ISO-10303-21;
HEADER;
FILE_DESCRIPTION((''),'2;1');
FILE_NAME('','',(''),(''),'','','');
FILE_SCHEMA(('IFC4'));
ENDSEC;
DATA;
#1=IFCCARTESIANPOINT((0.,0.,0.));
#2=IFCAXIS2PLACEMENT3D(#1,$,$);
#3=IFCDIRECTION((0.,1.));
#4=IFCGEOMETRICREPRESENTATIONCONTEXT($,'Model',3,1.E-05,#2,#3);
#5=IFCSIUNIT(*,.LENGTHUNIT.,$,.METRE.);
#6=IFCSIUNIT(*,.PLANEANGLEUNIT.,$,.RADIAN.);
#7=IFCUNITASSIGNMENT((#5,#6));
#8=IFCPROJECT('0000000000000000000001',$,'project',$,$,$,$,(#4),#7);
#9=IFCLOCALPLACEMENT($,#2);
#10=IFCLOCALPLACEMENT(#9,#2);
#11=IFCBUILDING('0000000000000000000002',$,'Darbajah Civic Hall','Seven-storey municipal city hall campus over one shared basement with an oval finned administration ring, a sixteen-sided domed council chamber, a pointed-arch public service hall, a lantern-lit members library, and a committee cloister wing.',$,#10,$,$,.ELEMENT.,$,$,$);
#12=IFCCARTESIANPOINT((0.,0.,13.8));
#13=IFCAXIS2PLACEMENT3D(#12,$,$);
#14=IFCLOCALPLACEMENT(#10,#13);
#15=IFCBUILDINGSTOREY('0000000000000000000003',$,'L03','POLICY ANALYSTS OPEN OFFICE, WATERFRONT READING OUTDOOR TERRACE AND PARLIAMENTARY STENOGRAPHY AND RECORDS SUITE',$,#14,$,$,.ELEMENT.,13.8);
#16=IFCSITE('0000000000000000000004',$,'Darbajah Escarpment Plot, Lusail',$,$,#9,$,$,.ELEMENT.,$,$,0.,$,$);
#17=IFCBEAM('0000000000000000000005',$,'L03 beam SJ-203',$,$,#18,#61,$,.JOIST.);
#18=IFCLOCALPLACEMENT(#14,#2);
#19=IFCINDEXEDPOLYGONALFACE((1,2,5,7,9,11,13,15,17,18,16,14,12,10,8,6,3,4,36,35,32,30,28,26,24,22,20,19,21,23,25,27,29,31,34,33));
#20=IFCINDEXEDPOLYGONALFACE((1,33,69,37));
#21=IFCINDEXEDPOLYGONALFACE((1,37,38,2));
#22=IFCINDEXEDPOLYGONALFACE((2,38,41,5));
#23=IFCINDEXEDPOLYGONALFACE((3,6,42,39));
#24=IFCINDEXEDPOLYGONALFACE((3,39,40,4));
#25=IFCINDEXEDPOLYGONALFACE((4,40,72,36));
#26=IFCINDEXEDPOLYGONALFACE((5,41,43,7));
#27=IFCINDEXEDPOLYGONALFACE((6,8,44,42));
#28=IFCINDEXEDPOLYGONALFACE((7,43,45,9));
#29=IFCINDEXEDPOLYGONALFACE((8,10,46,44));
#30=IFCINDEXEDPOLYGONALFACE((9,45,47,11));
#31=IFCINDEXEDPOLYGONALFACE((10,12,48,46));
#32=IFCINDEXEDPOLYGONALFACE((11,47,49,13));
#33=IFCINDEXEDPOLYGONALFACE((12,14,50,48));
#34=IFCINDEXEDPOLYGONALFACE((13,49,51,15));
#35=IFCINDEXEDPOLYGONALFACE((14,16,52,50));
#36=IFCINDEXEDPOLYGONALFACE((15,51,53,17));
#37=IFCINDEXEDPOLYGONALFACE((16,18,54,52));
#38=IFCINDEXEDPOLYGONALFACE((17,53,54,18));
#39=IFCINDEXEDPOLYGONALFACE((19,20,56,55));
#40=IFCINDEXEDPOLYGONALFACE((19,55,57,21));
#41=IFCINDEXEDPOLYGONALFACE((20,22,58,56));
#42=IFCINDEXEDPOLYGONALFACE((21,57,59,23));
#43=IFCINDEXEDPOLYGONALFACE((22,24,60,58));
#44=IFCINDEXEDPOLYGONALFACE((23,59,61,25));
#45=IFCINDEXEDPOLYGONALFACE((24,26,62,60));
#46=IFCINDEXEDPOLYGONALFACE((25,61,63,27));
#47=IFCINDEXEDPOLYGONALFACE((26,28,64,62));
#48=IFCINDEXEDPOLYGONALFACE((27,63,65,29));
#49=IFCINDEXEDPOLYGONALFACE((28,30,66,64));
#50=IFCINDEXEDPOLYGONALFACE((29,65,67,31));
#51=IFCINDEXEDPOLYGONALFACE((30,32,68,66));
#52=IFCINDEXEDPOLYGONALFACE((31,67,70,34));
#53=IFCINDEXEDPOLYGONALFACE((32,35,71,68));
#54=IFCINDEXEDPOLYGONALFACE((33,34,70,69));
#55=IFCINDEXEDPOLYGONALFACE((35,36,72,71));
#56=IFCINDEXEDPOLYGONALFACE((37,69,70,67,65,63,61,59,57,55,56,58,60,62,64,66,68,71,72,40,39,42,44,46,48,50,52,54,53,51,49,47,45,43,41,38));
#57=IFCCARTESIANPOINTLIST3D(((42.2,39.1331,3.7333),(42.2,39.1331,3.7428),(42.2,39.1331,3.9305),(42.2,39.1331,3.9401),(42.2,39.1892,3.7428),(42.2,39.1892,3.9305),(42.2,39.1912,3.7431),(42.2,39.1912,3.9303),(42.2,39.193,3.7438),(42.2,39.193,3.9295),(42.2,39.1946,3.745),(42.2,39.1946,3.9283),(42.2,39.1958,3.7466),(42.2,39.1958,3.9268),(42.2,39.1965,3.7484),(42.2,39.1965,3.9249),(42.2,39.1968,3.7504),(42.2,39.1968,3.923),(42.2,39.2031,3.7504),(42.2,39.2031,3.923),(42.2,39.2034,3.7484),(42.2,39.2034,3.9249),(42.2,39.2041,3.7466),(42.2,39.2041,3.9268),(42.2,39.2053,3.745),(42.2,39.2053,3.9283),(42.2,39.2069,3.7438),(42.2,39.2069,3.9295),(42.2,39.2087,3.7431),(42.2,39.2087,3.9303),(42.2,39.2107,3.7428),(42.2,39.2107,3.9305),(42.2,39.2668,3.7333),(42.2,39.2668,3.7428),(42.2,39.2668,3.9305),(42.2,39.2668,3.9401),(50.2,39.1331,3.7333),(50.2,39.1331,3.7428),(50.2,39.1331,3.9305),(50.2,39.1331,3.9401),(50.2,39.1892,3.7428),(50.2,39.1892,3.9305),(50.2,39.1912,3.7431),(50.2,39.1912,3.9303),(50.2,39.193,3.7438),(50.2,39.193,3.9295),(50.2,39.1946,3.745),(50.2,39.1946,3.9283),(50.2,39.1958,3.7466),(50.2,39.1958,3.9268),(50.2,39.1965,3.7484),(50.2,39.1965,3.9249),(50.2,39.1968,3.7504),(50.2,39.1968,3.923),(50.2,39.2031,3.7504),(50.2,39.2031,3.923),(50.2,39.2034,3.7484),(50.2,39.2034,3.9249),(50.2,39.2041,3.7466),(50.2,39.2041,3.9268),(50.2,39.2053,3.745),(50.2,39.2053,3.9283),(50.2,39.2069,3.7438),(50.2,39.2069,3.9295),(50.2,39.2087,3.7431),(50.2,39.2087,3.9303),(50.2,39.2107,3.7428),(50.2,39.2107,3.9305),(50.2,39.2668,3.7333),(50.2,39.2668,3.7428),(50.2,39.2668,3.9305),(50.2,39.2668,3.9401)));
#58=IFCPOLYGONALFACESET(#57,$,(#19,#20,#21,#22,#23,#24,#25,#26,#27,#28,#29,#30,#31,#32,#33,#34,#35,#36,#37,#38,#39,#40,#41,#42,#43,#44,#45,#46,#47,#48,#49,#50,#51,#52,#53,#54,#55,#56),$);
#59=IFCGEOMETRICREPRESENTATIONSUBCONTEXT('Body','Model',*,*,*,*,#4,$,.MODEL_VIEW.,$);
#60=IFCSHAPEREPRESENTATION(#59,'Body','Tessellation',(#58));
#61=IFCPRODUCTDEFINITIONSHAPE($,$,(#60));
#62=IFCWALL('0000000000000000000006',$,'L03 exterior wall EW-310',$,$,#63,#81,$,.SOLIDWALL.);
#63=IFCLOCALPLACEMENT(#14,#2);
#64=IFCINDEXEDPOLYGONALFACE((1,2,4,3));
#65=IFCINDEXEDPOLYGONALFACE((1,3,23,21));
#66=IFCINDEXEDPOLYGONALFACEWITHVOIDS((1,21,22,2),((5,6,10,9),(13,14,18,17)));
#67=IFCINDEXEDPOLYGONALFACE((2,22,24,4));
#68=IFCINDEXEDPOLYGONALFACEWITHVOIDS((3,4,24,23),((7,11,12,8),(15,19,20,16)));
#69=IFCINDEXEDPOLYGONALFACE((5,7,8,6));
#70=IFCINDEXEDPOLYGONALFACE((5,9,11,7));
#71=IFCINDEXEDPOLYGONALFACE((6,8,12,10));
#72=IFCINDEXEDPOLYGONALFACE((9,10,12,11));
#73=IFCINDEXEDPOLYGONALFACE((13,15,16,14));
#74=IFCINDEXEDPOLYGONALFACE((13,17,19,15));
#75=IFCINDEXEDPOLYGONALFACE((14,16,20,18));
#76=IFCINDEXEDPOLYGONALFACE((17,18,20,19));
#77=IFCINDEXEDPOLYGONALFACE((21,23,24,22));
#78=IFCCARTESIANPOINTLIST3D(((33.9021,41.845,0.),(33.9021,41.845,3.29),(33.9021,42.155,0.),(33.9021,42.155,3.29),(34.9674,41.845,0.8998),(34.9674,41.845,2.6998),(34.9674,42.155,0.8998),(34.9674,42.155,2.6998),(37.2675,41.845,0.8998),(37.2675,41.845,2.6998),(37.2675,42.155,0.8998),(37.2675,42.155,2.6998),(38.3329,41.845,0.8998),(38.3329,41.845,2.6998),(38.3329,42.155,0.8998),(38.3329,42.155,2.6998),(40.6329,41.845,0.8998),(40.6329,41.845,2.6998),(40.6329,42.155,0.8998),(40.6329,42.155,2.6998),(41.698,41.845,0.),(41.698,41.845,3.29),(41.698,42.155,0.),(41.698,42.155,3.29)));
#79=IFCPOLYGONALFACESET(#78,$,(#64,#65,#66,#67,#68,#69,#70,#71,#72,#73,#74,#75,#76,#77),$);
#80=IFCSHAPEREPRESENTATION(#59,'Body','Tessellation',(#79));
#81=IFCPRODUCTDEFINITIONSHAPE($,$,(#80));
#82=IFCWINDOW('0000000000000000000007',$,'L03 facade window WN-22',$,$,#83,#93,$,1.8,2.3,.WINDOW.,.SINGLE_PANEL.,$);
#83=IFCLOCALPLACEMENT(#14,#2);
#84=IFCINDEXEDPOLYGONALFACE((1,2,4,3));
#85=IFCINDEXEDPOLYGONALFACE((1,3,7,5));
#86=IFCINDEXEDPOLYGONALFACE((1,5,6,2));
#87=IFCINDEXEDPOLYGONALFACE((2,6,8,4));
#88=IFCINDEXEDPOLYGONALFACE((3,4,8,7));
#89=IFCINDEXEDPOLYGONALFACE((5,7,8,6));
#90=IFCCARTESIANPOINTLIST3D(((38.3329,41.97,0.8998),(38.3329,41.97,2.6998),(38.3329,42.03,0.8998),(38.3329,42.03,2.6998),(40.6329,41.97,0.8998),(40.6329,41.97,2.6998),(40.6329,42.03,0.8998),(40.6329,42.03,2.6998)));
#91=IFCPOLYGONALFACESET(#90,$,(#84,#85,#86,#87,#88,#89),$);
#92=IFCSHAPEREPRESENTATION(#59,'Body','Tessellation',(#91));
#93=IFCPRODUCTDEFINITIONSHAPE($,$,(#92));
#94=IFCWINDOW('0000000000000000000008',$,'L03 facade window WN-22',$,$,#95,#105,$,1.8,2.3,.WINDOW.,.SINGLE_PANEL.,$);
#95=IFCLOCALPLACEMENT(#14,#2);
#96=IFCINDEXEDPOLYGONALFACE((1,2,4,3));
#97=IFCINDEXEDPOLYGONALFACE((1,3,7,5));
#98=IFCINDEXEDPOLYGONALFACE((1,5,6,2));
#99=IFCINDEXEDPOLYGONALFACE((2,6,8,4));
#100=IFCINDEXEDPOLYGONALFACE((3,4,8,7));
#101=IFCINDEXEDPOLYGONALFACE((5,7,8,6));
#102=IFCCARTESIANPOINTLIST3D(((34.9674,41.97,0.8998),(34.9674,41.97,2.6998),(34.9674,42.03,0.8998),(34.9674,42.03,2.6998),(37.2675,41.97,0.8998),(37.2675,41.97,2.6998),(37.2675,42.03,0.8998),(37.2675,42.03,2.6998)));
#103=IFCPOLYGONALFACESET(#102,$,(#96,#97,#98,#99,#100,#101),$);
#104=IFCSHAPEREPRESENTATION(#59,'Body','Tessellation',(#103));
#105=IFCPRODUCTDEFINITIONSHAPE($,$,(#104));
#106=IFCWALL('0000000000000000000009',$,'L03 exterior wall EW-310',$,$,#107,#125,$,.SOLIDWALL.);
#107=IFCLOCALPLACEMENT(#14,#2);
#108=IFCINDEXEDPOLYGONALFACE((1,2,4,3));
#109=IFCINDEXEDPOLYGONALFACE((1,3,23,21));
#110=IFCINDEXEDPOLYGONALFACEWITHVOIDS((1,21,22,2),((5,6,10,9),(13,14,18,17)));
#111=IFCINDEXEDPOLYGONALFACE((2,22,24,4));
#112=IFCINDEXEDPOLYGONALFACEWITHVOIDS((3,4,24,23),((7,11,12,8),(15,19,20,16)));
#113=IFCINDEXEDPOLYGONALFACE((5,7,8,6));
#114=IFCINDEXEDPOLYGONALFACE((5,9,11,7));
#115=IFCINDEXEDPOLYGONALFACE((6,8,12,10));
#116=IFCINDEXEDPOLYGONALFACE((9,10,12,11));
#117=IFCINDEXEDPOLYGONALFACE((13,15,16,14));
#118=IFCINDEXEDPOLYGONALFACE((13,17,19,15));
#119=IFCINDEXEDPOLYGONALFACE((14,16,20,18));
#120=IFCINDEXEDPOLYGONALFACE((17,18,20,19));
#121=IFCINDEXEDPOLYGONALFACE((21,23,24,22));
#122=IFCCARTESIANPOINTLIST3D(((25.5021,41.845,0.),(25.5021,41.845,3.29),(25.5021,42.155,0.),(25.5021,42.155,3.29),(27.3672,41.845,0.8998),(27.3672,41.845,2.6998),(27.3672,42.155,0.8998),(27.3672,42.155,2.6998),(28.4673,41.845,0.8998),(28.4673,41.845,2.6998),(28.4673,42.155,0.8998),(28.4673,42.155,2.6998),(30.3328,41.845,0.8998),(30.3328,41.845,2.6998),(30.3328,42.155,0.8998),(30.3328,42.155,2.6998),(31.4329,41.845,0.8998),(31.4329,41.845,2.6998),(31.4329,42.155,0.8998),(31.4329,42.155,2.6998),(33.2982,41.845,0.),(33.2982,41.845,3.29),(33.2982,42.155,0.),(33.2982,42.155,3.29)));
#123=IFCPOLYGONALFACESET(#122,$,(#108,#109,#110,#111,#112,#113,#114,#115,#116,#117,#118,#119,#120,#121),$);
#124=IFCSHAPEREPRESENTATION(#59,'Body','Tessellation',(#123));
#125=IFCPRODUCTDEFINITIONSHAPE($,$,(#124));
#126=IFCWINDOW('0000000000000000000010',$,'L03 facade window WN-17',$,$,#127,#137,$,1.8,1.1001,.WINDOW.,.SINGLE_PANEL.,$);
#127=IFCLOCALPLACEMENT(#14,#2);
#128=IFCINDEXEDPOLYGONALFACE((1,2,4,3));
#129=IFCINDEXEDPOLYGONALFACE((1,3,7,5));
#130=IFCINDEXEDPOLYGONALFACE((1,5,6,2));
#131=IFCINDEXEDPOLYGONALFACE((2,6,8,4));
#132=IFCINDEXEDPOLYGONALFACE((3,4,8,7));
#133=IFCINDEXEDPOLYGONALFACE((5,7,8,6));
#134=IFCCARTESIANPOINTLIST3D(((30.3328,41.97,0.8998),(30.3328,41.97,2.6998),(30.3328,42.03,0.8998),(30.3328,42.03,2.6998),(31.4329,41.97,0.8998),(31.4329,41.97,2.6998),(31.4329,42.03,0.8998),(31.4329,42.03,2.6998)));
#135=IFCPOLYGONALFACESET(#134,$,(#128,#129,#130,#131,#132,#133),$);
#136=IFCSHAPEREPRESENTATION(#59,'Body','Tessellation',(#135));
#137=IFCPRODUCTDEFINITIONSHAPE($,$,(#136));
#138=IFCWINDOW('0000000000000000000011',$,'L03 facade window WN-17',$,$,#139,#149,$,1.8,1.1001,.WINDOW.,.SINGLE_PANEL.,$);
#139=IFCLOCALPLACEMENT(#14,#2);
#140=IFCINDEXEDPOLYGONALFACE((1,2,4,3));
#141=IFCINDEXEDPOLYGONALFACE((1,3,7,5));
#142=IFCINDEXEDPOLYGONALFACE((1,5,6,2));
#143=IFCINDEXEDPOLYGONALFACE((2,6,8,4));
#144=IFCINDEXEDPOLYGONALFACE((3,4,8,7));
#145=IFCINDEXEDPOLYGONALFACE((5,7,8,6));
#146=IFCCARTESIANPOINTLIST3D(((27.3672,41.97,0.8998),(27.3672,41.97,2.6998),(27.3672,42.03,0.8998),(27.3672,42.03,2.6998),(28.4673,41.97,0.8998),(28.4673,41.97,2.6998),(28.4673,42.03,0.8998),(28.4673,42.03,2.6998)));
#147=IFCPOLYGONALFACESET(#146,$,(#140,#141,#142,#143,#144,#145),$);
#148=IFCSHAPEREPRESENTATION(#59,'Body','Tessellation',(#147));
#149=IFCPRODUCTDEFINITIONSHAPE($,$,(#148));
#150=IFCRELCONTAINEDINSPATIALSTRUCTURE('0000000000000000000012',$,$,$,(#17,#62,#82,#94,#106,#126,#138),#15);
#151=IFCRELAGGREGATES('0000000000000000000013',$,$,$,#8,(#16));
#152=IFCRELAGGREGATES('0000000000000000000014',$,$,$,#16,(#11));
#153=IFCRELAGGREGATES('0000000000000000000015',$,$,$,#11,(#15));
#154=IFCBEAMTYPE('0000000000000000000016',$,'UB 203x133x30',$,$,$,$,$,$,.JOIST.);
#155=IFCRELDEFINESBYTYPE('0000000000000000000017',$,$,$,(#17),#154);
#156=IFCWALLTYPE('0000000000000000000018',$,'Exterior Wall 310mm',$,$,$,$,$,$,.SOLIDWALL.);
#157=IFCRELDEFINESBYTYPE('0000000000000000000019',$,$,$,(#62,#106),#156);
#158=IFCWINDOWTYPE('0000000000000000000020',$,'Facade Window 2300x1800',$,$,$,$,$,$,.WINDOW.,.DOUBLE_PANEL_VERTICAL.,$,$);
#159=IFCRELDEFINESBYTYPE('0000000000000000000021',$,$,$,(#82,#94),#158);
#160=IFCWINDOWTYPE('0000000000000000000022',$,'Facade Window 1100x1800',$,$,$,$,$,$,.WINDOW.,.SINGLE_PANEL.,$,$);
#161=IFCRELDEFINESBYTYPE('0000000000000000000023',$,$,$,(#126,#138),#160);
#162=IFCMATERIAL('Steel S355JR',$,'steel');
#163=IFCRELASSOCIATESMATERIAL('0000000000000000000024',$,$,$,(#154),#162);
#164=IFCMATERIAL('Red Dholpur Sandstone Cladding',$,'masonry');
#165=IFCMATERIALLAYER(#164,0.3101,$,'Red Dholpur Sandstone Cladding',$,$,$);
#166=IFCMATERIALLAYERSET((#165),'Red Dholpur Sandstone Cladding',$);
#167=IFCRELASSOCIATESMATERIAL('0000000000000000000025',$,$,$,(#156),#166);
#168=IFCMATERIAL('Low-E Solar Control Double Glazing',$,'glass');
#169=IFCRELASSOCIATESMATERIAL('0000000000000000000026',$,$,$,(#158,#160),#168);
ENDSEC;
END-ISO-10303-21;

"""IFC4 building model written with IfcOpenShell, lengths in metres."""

from ifc_helpers import new_model, si_unit, direction, frame, frame_2d, origin, origin_2d, place, context, subcontext, project, spatial, rectangle, i_section, extrude, material, layer, layer_set, material_profile, profile_set, type_object, element, fill, save


model = new_model("IFC4")

# Units and contexts
model_context = context("Model", 3, precision=1e-05, world=origin(), true_north=direction((0.0, 1.0)))
body_context = subcontext(model_context, "Body", "Model", "MODEL_VIEW")
ifc_project = project(units=[si_unit("LENGTHUNIT", "METRE"), si_unit("PLANEANGLEUNIT", "RADIAN")], contexts=[model_context])

# Site, building, storey
site_placement = place(None, origin())
site = spatial("IfcSite", under=ifc_project, at=site_placement, Name="Darbajah Escarpment Plot, Lusail", CompositionType="ELEMENT", RefElevation=0.0)
building_placement = place(site_placement, origin())
building = spatial("IfcBuilding", under=site, at=building_placement, Name="Darbajah Civic Hall", Description="Seven-storey municipal city hall campus over one shared basement with an oval finned administration ring, a sixteen-sided domed council chamber, a pointed-arch public service hall, a lantern-lit members library, and a committee cloister wing.", CompositionType="ELEMENT")
storey_placement = place(building_placement, frame((0.0, 0.0, 13.8)))
storey = spatial("IfcBuildingStorey", under=building, at=storey_placement, Name="L03", Description="POLICY ANALYSTS OPEN OFFICE, WATERFRONT READING OUTDOOR TERRACE AND PARLIAMENTARY STENOGRAPHY AND RECORDS SUITE", CompositionType="ELEMENT", Elevation=13.8)

# Beam
ifc_material_1 = material(Name="Steel S355JR", Category="steel")
ifc_material_profile_1 = material_profile(ifc_material_1, i_section(OverallWidth=0.1338, OverallDepth=0.2068, WebThickness=0.0063, FlangeThickness=0.0095, FilletRadius=0.0076, at=origin_2d()), Name="UB 203x133x30")
ifc_profile_set_1 = profile_set([ifc_material_profile_1], Name="Steel S355JR")
beam_type_1 = type_object("IfcBeamType", Name="UB 203x133x30", PredefinedType="JOIST", material=ifc_profile_set_1)
for number, where, z_axis, x_axis, name in (
    (1, (42.2, 39.2, 3.8367), (1.0, 0.0, 0.0), (0.0, 1.0, 0.0), "L03 beam SJ-203"),
):
    element("IfcBeam", number, at=place(storey_placement, frame(where, z_axis=z_axis, x_axis=x_axis)), inside=storey, type_object=beam_type_1, Name=name, PredefinedType="JOIST", context=body_context, shape_type="SweptSolid", body=[
        extrude(i_section(OverallWidth=0.1338, OverallDepth=0.2068, WebThickness=0.0063, FlangeThickness=0.0095, FilletRadius=0.0076, at=origin_2d()), origin(), (0.0, 0.0, 1.0), 8.0),
    ])

# Walls, openings, windows
ifc_material_2 = material(Name="Red Dholpur Sandstone Cladding", Category="masonry")
ifc_layer = layer(ifc_material_2, 0.3101, Name="Red Dholpur Sandstone Cladding")
ifc_layer_set = layer_set([ifc_layer], Name="Red Dholpur Sandstone Cladding")
wall_type = type_object("IfcWallType", Name="Exterior Wall 310mm", PredefinedType="SOLIDWALL", material=ifc_layer_set)
wall_1_placement = place(storey_placement, frame((41.698, 42.0, 0.0), z_axis=(0.0, 0.0, 1.0), x_axis=(-1.0, 0.0, 0.0)))
wall_1 = element("IfcWall", 2, at=wall_1_placement, inside=storey, type_object=wall_type, Name="L03 exterior wall EW-310", PredefinedType="SOLIDWALL", context=body_context, shape_type="SweptSolid", body=[
    extrude(rectangle(XDim=7.7959, YDim=0.3101, at=frame_2d((3.8979, 0.0))), origin(), (0.0, 0.0, 1.0), 3.29),
])
opening_1_placement = place(wall_1_placement, frame((1.0652, 0.0, 0.8999)))
opening_1 = element("IfcOpeningElement", 3, at=opening_1_placement, cuts=wall_1, PredefinedType="OPENING", context=body_context, shape_type="SweptSolid", body=[
    extrude(rectangle(XDim=2.3, YDim=1.8, at=frame_2d((1.1499, 0.8999))), frame((0.0, 0.165, 0.0), z_axis=(0.0, -1.0, 0.0), x_axis=(1.0, 0.0, 0.0)), (0.0, 0.0, 1.0), 0.3301),
])
opening_2_placement = place(wall_1_placement, frame((4.4307, 0.0, 0.8999)))
opening_2 = element("IfcOpeningElement", 4, at=opening_2_placement, cuts=wall_1, PredefinedType="OPENING", context=body_context, shape_type="SweptSolid", body=[
    extrude(rectangle(XDim=2.3, YDim=1.8, at=frame_2d((1.1499, 0.8999))), frame((0.0, 0.165, 0.0), z_axis=(0.0, -1.0, 0.0), x_axis=(1.0, 0.0, 0.0)), (0.0, 0.0, 1.0), 0.3301),
])
ifc_material_3 = material(Name="Low-E Solar Control Double Glazing", Category="glass")
window_type_1 = type_object("IfcWindowType", Name="Facade Window 2300x1800", PartitioningType="DOUBLE_PANEL_VERTICAL", PredefinedType="WINDOW", material=ifc_material_3)
window_1_placement = place(opening_1_placement, origin())
window_1 = element("IfcWindow", 5, at=window_1_placement, inside=storey, type_object=window_type_1, Name="L03 facade window WN-22", OverallHeight=1.8, OverallWidth=2.3, PartitioningType="SINGLE_PANEL", PredefinedType="WINDOW", context=body_context, shape_type="SweptSolid", body=[
    extrude(rectangle(XDim=2.3, YDim=1.8, at=frame_2d((1.1499, 0.8999))), frame((0.0, 0.03, 0.0), z_axis=(0.0, -1.0, 0.0), x_axis=(1.0, 0.0, 0.0)), (0.0, 0.0, 1.0), 0.0601),
])
fill(opening_1, window_1)
window_2_placement = place(opening_2_placement, origin())
window_2 = element("IfcWindow", 6, at=window_2_placement, inside=storey, type_object=window_type_1, Name="L03 facade window WN-22", OverallHeight=1.8, OverallWidth=2.3, PartitioningType="SINGLE_PANEL", PredefinedType="WINDOW", context=body_context, shape_type="SweptSolid", body=[
    extrude(rectangle(XDim=2.3, YDim=1.8, at=frame_2d((1.1499, 0.8999))), frame((0.0, 0.03, 0.0), z_axis=(0.0, -1.0, 0.0), x_axis=(1.0, 0.0, 0.0)), (0.0, 0.0, 1.0), 0.0601),
])
fill(opening_2, window_2)
wall_2_placement = place(storey_placement, frame((33.2981, 42.0, 0.0), z_axis=(0.0, 0.0, 1.0), x_axis=(-1.0, 0.0, 0.0)))
wall_2 = element("IfcWall", 7, at=wall_2_placement, inside=storey, type_object=wall_type, Name="L03 exterior wall EW-310", PredefinedType="SOLIDWALL", context=body_context, shape_type="SweptSolid", body=[
    extrude(rectangle(XDim=7.7961, YDim=0.3101, at=frame_2d((3.8979, 0.0))), origin(), (0.0, 0.0, 1.0), 3.29),
])
opening_3_placement = place(wall_2_placement, frame((1.8652, 0.0, 0.8999)))
opening_3 = element("IfcOpeningElement", 8, at=opening_3_placement, cuts=wall_2, PredefinedType="OPENING", context=body_context, shape_type="SweptSolid", body=[
    extrude(rectangle(XDim=1.1001, YDim=1.8, at=frame_2d((0.55, 0.8999))), frame((0.0, 0.165, 0.0), z_axis=(0.0, -1.0, 0.0), x_axis=(1.0, 0.0, 0.0)), (0.0, 0.0, 1.0), 0.3301),
])
opening_4_placement = place(wall_2_placement, frame((4.8308, 0.0, 0.8999)))
opening_4 = element("IfcOpeningElement", 9, at=opening_4_placement, cuts=wall_2, PredefinedType="OPENING", context=body_context, shape_type="SweptSolid", body=[
    extrude(rectangle(XDim=1.1001, YDim=1.8, at=frame_2d((0.55, 0.8999))), frame((0.0, 0.165, 0.0), z_axis=(0.0, -1.0, 0.0), x_axis=(1.0, 0.0, 0.0)), (0.0, 0.0, 1.0), 0.3301),
])
window_type_2 = type_object("IfcWindowType", Name="Facade Window 1100x1800", PartitioningType="SINGLE_PANEL", PredefinedType="WINDOW", material=ifc_material_3)
window_3_placement = place(opening_3_placement, origin())
window_3 = element("IfcWindow", 10, at=window_3_placement, inside=storey, type_object=window_type_2, Name="L03 facade window WN-17", OverallHeight=1.8, OverallWidth=1.1001, PartitioningType="SINGLE_PANEL", PredefinedType="WINDOW", context=body_context, shape_type="SweptSolid", body=[
    extrude(rectangle(XDim=1.1001, YDim=1.8, at=frame_2d((0.55, 0.8999))), frame((0.0, 0.03, 0.0), z_axis=(0.0, -1.0, 0.0), x_axis=(1.0, 0.0, 0.0)), (0.0, 0.0, 1.0), 0.0601),
])
fill(opening_3, window_3)
window_4_placement = place(opening_4_placement, origin())
window_4 = element("IfcWindow", 11, at=window_4_placement, inside=storey, type_object=window_type_2, Name="L03 facade window WN-17", OverallHeight=1.8, OverallWidth=1.1001, PartitioningType="SINGLE_PANEL", PredefinedType="WINDOW", context=body_context, shape_type="SweptSolid", body=[
    extrude(rectangle(XDim=1.1001, YDim=1.8, at=frame_2d((0.55, 0.8999))), frame((0.0, 0.03, 0.0), z_axis=(0.0, -1.0, 0.0), x_axis=(1.0, 0.0, 0.0)), (0.0, 0.0, 1.0), 0.0601),
])
fill(opening_4, window_4)

save(model, "model.ifc")
